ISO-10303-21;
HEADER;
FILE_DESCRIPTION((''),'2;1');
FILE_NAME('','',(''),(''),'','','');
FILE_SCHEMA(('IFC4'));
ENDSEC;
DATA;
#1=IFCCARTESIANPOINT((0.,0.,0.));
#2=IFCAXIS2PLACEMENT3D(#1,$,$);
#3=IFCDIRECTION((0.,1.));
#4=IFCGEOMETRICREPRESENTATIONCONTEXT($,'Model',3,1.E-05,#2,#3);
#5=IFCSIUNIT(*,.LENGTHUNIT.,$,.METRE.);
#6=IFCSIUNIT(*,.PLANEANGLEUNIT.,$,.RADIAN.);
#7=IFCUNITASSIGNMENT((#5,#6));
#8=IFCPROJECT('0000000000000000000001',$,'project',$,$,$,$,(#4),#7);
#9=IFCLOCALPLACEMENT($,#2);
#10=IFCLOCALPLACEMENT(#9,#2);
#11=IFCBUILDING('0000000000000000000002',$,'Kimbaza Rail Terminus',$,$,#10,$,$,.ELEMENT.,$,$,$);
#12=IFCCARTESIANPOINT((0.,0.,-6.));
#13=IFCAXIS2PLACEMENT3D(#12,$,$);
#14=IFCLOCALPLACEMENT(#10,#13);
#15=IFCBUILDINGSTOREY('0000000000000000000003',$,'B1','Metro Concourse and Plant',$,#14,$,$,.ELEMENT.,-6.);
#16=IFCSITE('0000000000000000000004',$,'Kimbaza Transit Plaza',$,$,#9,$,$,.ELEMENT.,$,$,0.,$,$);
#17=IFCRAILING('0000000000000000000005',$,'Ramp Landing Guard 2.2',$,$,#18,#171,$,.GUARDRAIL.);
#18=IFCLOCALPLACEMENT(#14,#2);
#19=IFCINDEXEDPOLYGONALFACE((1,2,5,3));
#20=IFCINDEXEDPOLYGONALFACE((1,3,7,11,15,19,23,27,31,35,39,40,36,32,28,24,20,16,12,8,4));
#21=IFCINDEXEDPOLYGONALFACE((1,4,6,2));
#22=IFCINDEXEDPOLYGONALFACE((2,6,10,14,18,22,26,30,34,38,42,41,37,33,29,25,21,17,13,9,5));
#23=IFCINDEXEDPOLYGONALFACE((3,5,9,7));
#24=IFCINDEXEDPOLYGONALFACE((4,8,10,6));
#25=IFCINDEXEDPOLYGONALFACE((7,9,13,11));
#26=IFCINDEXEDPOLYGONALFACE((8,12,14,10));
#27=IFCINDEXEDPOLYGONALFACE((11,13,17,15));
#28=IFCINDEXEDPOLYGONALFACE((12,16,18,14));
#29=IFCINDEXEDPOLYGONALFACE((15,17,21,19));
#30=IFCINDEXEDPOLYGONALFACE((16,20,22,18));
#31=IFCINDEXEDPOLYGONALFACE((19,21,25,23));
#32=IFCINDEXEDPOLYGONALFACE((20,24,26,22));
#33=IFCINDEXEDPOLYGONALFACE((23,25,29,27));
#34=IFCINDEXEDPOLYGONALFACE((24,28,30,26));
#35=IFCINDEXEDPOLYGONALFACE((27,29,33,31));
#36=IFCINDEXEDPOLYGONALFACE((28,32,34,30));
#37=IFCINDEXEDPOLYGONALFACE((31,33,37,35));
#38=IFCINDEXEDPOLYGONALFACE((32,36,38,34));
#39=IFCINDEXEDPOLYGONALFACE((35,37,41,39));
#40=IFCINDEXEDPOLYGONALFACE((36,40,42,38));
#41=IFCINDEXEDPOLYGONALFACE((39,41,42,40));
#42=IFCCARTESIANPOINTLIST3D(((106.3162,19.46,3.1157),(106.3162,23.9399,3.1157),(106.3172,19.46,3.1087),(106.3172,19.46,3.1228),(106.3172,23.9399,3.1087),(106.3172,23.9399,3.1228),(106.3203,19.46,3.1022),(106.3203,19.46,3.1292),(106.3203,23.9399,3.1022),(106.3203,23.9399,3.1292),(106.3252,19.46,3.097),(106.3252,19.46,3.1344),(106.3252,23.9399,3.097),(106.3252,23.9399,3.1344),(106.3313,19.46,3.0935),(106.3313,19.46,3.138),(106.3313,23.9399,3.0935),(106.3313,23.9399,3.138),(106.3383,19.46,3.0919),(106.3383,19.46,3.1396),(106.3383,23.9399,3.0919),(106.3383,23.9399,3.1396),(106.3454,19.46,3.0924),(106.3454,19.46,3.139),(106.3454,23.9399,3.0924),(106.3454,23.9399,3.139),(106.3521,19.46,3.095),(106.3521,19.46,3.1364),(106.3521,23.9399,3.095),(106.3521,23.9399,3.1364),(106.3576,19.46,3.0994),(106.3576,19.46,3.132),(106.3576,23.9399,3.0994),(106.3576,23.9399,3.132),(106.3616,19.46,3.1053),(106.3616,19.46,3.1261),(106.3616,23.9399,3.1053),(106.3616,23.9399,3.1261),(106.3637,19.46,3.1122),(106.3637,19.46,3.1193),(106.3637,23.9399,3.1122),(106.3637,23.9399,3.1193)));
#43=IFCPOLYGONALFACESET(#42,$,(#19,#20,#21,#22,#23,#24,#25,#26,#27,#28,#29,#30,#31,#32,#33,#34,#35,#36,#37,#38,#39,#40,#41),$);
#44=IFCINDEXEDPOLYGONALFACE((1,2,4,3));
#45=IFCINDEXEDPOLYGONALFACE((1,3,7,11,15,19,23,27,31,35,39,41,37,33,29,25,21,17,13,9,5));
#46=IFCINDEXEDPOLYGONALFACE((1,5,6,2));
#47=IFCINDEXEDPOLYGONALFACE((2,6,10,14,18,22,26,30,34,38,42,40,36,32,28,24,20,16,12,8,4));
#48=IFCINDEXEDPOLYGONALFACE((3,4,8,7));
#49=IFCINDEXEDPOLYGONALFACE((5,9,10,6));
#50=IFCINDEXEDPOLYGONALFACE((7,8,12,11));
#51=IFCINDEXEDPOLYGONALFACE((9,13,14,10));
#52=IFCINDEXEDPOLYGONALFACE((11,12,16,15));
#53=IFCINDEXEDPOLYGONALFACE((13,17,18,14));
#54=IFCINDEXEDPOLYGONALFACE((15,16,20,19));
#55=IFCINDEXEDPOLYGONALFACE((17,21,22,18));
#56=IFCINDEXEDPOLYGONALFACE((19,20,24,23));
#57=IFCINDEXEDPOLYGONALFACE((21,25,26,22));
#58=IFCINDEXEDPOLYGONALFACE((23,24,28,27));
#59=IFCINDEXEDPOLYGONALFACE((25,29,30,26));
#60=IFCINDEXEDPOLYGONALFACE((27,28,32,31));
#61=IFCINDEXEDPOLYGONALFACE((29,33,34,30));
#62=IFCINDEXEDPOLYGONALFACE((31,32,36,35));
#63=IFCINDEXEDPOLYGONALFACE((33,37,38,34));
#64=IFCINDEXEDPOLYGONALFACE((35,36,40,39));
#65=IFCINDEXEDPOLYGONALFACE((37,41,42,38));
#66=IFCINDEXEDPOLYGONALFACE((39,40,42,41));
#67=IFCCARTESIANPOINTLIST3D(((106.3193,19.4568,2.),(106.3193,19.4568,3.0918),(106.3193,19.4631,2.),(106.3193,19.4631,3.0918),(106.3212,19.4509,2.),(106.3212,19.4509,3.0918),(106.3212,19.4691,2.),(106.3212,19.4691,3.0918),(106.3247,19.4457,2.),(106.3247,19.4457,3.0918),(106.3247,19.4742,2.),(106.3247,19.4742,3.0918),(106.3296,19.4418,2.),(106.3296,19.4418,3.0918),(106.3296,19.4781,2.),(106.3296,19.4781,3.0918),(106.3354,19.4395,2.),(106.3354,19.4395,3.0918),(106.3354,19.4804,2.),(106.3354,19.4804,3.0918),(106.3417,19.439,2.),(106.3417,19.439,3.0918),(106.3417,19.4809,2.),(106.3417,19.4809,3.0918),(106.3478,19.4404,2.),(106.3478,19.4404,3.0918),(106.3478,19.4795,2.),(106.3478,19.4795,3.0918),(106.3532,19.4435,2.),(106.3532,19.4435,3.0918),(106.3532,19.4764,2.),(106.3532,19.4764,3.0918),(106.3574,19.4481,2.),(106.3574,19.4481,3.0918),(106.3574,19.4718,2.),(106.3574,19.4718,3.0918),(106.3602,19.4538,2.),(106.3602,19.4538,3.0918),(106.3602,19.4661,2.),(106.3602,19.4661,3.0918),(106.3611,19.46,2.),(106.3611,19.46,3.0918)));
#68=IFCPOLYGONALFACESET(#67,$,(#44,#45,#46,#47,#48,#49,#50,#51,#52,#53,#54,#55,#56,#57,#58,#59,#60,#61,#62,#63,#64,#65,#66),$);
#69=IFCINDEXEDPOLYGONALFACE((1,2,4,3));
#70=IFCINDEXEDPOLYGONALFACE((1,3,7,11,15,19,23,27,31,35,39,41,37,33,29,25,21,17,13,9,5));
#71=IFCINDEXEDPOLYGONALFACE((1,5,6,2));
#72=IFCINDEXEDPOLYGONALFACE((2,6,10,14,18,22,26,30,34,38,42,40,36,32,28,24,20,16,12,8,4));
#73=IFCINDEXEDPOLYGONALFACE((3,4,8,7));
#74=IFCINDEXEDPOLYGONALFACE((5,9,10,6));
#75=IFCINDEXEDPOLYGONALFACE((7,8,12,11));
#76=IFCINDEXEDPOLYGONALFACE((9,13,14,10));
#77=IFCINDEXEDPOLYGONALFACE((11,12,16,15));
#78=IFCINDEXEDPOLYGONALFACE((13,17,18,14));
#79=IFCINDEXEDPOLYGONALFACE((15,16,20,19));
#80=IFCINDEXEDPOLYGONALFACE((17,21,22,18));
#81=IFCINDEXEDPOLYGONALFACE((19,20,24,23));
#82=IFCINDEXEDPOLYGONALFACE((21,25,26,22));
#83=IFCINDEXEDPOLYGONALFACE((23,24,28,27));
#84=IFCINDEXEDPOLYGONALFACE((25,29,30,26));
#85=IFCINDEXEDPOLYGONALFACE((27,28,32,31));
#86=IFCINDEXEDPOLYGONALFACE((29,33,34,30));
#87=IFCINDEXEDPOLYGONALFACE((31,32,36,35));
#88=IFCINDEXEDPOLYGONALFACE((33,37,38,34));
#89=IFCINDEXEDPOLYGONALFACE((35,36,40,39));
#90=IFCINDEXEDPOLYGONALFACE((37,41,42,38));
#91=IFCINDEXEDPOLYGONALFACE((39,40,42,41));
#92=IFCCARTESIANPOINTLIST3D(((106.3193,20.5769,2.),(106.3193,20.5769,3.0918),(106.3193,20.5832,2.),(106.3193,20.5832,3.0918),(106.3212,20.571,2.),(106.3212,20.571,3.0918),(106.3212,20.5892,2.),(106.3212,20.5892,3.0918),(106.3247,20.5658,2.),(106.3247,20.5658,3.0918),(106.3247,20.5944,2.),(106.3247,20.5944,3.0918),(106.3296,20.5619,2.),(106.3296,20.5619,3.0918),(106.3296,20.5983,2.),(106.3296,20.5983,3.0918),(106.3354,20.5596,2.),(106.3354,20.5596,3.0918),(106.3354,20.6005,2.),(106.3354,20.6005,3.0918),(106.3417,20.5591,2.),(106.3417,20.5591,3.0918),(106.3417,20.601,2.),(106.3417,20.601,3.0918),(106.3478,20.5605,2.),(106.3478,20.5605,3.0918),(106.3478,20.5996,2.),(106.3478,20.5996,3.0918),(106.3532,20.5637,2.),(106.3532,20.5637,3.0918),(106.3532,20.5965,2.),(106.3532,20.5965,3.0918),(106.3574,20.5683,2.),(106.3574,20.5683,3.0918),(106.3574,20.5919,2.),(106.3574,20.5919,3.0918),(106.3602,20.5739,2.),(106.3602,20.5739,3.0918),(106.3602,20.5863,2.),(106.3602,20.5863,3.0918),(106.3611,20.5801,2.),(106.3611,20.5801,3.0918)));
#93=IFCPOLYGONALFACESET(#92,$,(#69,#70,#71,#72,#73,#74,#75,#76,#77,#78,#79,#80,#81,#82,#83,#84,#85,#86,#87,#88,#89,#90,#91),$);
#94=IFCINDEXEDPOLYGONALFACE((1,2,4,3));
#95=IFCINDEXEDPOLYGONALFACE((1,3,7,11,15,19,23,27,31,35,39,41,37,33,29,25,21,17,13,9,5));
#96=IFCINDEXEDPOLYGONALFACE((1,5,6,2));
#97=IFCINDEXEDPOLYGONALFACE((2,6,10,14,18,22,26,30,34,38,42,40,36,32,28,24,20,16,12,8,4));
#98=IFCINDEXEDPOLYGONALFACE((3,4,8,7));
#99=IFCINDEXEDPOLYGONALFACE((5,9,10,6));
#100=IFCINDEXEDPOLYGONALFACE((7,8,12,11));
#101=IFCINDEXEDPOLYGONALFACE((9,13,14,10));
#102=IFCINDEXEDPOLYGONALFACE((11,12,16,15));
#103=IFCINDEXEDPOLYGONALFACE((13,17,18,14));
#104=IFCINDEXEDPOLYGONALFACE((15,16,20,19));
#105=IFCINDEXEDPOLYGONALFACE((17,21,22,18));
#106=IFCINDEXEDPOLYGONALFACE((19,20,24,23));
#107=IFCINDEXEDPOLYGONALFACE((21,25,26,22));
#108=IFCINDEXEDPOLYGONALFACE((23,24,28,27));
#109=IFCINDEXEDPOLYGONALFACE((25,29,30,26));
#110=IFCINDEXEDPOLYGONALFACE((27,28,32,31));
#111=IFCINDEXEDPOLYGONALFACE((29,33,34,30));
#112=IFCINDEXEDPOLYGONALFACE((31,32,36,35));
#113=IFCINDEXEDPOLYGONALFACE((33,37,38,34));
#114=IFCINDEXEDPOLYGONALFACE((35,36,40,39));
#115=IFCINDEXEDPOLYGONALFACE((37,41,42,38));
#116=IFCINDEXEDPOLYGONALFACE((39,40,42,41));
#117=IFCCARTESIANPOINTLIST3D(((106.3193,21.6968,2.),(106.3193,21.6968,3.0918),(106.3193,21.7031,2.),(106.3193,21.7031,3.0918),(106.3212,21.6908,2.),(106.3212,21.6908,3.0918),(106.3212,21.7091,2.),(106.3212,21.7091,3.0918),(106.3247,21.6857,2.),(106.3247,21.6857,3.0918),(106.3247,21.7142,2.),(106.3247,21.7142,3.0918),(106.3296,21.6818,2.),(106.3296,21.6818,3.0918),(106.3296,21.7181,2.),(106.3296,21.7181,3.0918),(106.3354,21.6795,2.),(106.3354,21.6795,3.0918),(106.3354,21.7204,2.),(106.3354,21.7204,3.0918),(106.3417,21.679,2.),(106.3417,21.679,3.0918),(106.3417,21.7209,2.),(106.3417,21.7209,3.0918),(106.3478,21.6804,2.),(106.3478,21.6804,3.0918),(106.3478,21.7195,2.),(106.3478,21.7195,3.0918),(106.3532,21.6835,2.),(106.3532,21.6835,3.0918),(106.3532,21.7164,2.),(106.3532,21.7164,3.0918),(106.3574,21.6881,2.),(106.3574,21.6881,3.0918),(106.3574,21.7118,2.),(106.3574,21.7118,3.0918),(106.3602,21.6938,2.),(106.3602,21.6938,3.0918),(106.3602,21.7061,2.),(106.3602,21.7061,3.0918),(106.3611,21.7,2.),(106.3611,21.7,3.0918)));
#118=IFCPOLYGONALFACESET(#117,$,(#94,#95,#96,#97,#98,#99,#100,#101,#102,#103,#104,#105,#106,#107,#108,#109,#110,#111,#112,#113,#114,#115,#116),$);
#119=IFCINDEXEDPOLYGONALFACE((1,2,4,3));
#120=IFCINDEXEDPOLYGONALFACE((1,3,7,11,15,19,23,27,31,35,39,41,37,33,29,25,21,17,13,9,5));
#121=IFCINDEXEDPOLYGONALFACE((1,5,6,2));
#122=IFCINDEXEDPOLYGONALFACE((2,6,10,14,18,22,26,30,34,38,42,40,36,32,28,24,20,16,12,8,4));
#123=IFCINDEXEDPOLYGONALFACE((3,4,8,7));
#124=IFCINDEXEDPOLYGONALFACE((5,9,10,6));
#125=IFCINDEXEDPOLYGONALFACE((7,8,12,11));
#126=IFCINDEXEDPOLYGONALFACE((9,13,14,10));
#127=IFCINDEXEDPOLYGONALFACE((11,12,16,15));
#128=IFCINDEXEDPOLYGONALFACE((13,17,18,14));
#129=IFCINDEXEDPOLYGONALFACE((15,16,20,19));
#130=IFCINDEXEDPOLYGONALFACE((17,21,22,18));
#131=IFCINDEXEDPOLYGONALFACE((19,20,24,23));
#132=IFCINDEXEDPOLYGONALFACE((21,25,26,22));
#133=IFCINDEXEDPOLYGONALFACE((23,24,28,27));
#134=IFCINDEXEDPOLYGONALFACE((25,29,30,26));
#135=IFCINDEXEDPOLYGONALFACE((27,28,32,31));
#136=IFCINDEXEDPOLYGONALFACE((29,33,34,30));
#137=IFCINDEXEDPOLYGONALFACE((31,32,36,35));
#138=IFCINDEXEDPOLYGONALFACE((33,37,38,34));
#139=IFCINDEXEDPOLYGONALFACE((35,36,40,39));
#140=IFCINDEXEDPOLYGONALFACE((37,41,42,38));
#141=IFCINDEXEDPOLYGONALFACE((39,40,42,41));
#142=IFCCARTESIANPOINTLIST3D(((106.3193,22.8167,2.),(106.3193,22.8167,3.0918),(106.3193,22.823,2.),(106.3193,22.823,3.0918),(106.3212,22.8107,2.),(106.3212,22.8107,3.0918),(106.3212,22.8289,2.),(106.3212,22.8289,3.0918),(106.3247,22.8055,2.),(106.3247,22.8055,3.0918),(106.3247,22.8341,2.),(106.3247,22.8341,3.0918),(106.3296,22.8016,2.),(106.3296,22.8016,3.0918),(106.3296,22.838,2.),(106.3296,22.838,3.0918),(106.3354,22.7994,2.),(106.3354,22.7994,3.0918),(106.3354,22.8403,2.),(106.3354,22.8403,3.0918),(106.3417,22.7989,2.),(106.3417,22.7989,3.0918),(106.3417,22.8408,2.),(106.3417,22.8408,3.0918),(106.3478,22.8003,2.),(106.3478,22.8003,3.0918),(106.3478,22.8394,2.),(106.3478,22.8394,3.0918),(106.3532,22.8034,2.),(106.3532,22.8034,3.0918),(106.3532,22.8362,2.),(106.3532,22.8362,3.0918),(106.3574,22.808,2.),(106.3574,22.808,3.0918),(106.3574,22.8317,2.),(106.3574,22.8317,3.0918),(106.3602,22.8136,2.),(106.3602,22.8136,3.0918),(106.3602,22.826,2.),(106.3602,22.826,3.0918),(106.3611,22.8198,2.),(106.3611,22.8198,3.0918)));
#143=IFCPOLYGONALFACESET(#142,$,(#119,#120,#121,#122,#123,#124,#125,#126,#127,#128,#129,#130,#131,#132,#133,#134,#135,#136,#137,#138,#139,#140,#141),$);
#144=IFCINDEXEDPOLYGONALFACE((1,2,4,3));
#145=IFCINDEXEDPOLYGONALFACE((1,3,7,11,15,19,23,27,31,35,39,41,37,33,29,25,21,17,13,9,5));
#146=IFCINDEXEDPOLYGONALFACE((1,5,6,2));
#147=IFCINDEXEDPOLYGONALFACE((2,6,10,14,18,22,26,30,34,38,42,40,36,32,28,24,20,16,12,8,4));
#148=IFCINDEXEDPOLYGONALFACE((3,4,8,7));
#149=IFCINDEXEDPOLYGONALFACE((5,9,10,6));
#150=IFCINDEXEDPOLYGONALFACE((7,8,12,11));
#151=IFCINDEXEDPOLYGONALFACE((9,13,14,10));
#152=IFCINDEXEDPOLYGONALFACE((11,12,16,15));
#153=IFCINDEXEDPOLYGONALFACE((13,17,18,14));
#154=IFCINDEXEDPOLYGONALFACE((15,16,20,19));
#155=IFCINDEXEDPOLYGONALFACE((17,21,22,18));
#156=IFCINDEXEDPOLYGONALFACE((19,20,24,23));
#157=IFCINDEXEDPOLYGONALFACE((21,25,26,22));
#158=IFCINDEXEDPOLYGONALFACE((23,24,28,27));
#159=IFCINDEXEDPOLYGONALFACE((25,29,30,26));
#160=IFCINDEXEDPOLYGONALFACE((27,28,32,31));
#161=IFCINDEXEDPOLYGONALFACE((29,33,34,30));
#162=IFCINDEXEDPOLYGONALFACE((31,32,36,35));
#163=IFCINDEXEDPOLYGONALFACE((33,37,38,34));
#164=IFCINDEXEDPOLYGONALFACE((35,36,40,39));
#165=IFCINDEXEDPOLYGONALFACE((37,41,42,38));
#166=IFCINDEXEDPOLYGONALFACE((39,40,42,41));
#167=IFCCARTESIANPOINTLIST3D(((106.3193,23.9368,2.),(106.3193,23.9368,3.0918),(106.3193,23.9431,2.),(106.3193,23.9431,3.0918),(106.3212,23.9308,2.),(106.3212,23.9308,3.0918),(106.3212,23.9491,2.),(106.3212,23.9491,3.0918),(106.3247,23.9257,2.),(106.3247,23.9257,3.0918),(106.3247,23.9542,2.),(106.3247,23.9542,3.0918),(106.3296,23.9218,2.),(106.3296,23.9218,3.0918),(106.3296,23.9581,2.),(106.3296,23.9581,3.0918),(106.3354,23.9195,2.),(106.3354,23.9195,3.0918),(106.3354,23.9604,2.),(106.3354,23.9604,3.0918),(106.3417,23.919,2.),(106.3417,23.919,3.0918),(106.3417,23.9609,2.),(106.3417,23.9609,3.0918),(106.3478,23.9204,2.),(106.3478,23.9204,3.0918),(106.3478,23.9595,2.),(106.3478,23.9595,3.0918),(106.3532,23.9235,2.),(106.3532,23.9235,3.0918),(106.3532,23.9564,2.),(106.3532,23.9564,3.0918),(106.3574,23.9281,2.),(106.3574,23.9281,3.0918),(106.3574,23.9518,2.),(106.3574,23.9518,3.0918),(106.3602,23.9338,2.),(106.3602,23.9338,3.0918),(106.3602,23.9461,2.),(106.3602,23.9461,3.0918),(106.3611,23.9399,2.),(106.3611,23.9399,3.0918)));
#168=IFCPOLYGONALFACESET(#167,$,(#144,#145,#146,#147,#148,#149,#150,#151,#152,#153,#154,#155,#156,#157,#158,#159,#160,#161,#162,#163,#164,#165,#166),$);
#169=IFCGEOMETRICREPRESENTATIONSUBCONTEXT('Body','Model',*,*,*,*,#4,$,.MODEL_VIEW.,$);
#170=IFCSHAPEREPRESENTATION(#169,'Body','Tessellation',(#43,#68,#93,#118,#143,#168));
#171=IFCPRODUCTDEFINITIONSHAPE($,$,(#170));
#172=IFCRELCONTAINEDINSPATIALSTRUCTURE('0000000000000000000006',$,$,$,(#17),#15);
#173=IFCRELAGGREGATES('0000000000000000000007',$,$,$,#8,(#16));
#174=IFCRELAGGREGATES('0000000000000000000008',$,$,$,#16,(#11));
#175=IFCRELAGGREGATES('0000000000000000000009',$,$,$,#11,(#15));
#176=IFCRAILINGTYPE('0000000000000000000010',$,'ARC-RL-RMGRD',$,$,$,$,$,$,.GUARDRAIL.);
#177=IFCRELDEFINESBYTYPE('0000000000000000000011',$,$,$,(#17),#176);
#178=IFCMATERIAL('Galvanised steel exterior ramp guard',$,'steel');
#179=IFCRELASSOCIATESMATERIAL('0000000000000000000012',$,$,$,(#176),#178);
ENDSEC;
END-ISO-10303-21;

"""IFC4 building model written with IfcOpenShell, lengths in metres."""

from ifc_helpers import new_model, si_unit, direction, frame, origin, origin_2d, place, context, subcontext, project, spatial, circle, extrude, material, type_object, element, save


model = new_model("IFC4")

# Units and contexts
model_context = context("Model", 3, precision=1e-05, world=origin(), true_north=direction((0.0, 1.0)))
body_context = subcontext(model_context, "Body", "Model", "MODEL_VIEW")
ifc_project = project(units=[si_unit("LENGTHUNIT", "METRE"), si_unit("PLANEANGLEUNIT", "RADIAN")], contexts=[model_context])

# Site, building, storey
site_placement = place(None, origin())
site = spatial("IfcSite", under=ifc_project, at=site_placement, Name="Kimbaza Transit Plaza", CompositionType="ELEMENT", RefElevation=0.0)
building_placement = place(site_placement, origin())
building = spatial("IfcBuilding", under=site, at=building_placement, Name="Kimbaza Rail Terminus", CompositionType="ELEMENT")
storey_placement = place(building_placement, frame((0.0, 0.0, -6.0)))
storey = spatial("IfcBuildingStorey", under=building, at=storey_placement, Name="B1", Description="Metro Concourse and Plant", CompositionType="ELEMENT", Elevation=-6.0)

# Railing
ifc_material_1 = material(Name="Galvanised steel exterior ramp guard", Category="steel")
railing_type_1 = type_object("IfcRailingType", Name="ARC-RL-RMGRD", PredefinedType="GUARDRAIL", material=ifc_material_1)
railing_1_placement = place(storey_placement, frame((106.3401, 19.46, 2.0)))
element("IfcRailing", 1, at=railing_1_placement, inside=storey, type_object=railing_type_1, Name="Ramp Landing Guard 2.2", PredefinedType="GUARDRAIL", context=body_context, shape_type="SweptSolid", body=[
    extrude(circle(Radius=0.0239, at=origin_2d()), frame((0.0, 0.0, 1.1157), z_axis=(0.0, 1.0, 0.0), x_axis=(-1.0, 0.0, 0.0)), (0.0, 0.0, 1.0), 4.48),
    extrude(circle(Radius=0.021, at=origin_2d()), origin(), (0.0, 0.0, 1.0), 1.0918),
    extrude(circle(Radius=0.021, at=origin_2d()), frame((0.0, 1.1201, 0.0)), (0.0, 0.0, 1.0), 1.0918),
    extrude(circle(Radius=0.021, at=origin_2d()), frame((0.0, 2.24, 0.0)), (0.0, 0.0, 1.0), 1.0918),
    extrude(circle(Radius=0.021, at=origin_2d()), frame((0.0, 3.3599, 0.0)), (0.0, 0.0, 1.0), 1.0918),
    extrude(circle(Radius=0.021, at=origin_2d()), frame((0.0, 4.48, 0.0)), (0.0, 0.0, 1.0), 1.0918),
])

save(model, "model.ifc")
